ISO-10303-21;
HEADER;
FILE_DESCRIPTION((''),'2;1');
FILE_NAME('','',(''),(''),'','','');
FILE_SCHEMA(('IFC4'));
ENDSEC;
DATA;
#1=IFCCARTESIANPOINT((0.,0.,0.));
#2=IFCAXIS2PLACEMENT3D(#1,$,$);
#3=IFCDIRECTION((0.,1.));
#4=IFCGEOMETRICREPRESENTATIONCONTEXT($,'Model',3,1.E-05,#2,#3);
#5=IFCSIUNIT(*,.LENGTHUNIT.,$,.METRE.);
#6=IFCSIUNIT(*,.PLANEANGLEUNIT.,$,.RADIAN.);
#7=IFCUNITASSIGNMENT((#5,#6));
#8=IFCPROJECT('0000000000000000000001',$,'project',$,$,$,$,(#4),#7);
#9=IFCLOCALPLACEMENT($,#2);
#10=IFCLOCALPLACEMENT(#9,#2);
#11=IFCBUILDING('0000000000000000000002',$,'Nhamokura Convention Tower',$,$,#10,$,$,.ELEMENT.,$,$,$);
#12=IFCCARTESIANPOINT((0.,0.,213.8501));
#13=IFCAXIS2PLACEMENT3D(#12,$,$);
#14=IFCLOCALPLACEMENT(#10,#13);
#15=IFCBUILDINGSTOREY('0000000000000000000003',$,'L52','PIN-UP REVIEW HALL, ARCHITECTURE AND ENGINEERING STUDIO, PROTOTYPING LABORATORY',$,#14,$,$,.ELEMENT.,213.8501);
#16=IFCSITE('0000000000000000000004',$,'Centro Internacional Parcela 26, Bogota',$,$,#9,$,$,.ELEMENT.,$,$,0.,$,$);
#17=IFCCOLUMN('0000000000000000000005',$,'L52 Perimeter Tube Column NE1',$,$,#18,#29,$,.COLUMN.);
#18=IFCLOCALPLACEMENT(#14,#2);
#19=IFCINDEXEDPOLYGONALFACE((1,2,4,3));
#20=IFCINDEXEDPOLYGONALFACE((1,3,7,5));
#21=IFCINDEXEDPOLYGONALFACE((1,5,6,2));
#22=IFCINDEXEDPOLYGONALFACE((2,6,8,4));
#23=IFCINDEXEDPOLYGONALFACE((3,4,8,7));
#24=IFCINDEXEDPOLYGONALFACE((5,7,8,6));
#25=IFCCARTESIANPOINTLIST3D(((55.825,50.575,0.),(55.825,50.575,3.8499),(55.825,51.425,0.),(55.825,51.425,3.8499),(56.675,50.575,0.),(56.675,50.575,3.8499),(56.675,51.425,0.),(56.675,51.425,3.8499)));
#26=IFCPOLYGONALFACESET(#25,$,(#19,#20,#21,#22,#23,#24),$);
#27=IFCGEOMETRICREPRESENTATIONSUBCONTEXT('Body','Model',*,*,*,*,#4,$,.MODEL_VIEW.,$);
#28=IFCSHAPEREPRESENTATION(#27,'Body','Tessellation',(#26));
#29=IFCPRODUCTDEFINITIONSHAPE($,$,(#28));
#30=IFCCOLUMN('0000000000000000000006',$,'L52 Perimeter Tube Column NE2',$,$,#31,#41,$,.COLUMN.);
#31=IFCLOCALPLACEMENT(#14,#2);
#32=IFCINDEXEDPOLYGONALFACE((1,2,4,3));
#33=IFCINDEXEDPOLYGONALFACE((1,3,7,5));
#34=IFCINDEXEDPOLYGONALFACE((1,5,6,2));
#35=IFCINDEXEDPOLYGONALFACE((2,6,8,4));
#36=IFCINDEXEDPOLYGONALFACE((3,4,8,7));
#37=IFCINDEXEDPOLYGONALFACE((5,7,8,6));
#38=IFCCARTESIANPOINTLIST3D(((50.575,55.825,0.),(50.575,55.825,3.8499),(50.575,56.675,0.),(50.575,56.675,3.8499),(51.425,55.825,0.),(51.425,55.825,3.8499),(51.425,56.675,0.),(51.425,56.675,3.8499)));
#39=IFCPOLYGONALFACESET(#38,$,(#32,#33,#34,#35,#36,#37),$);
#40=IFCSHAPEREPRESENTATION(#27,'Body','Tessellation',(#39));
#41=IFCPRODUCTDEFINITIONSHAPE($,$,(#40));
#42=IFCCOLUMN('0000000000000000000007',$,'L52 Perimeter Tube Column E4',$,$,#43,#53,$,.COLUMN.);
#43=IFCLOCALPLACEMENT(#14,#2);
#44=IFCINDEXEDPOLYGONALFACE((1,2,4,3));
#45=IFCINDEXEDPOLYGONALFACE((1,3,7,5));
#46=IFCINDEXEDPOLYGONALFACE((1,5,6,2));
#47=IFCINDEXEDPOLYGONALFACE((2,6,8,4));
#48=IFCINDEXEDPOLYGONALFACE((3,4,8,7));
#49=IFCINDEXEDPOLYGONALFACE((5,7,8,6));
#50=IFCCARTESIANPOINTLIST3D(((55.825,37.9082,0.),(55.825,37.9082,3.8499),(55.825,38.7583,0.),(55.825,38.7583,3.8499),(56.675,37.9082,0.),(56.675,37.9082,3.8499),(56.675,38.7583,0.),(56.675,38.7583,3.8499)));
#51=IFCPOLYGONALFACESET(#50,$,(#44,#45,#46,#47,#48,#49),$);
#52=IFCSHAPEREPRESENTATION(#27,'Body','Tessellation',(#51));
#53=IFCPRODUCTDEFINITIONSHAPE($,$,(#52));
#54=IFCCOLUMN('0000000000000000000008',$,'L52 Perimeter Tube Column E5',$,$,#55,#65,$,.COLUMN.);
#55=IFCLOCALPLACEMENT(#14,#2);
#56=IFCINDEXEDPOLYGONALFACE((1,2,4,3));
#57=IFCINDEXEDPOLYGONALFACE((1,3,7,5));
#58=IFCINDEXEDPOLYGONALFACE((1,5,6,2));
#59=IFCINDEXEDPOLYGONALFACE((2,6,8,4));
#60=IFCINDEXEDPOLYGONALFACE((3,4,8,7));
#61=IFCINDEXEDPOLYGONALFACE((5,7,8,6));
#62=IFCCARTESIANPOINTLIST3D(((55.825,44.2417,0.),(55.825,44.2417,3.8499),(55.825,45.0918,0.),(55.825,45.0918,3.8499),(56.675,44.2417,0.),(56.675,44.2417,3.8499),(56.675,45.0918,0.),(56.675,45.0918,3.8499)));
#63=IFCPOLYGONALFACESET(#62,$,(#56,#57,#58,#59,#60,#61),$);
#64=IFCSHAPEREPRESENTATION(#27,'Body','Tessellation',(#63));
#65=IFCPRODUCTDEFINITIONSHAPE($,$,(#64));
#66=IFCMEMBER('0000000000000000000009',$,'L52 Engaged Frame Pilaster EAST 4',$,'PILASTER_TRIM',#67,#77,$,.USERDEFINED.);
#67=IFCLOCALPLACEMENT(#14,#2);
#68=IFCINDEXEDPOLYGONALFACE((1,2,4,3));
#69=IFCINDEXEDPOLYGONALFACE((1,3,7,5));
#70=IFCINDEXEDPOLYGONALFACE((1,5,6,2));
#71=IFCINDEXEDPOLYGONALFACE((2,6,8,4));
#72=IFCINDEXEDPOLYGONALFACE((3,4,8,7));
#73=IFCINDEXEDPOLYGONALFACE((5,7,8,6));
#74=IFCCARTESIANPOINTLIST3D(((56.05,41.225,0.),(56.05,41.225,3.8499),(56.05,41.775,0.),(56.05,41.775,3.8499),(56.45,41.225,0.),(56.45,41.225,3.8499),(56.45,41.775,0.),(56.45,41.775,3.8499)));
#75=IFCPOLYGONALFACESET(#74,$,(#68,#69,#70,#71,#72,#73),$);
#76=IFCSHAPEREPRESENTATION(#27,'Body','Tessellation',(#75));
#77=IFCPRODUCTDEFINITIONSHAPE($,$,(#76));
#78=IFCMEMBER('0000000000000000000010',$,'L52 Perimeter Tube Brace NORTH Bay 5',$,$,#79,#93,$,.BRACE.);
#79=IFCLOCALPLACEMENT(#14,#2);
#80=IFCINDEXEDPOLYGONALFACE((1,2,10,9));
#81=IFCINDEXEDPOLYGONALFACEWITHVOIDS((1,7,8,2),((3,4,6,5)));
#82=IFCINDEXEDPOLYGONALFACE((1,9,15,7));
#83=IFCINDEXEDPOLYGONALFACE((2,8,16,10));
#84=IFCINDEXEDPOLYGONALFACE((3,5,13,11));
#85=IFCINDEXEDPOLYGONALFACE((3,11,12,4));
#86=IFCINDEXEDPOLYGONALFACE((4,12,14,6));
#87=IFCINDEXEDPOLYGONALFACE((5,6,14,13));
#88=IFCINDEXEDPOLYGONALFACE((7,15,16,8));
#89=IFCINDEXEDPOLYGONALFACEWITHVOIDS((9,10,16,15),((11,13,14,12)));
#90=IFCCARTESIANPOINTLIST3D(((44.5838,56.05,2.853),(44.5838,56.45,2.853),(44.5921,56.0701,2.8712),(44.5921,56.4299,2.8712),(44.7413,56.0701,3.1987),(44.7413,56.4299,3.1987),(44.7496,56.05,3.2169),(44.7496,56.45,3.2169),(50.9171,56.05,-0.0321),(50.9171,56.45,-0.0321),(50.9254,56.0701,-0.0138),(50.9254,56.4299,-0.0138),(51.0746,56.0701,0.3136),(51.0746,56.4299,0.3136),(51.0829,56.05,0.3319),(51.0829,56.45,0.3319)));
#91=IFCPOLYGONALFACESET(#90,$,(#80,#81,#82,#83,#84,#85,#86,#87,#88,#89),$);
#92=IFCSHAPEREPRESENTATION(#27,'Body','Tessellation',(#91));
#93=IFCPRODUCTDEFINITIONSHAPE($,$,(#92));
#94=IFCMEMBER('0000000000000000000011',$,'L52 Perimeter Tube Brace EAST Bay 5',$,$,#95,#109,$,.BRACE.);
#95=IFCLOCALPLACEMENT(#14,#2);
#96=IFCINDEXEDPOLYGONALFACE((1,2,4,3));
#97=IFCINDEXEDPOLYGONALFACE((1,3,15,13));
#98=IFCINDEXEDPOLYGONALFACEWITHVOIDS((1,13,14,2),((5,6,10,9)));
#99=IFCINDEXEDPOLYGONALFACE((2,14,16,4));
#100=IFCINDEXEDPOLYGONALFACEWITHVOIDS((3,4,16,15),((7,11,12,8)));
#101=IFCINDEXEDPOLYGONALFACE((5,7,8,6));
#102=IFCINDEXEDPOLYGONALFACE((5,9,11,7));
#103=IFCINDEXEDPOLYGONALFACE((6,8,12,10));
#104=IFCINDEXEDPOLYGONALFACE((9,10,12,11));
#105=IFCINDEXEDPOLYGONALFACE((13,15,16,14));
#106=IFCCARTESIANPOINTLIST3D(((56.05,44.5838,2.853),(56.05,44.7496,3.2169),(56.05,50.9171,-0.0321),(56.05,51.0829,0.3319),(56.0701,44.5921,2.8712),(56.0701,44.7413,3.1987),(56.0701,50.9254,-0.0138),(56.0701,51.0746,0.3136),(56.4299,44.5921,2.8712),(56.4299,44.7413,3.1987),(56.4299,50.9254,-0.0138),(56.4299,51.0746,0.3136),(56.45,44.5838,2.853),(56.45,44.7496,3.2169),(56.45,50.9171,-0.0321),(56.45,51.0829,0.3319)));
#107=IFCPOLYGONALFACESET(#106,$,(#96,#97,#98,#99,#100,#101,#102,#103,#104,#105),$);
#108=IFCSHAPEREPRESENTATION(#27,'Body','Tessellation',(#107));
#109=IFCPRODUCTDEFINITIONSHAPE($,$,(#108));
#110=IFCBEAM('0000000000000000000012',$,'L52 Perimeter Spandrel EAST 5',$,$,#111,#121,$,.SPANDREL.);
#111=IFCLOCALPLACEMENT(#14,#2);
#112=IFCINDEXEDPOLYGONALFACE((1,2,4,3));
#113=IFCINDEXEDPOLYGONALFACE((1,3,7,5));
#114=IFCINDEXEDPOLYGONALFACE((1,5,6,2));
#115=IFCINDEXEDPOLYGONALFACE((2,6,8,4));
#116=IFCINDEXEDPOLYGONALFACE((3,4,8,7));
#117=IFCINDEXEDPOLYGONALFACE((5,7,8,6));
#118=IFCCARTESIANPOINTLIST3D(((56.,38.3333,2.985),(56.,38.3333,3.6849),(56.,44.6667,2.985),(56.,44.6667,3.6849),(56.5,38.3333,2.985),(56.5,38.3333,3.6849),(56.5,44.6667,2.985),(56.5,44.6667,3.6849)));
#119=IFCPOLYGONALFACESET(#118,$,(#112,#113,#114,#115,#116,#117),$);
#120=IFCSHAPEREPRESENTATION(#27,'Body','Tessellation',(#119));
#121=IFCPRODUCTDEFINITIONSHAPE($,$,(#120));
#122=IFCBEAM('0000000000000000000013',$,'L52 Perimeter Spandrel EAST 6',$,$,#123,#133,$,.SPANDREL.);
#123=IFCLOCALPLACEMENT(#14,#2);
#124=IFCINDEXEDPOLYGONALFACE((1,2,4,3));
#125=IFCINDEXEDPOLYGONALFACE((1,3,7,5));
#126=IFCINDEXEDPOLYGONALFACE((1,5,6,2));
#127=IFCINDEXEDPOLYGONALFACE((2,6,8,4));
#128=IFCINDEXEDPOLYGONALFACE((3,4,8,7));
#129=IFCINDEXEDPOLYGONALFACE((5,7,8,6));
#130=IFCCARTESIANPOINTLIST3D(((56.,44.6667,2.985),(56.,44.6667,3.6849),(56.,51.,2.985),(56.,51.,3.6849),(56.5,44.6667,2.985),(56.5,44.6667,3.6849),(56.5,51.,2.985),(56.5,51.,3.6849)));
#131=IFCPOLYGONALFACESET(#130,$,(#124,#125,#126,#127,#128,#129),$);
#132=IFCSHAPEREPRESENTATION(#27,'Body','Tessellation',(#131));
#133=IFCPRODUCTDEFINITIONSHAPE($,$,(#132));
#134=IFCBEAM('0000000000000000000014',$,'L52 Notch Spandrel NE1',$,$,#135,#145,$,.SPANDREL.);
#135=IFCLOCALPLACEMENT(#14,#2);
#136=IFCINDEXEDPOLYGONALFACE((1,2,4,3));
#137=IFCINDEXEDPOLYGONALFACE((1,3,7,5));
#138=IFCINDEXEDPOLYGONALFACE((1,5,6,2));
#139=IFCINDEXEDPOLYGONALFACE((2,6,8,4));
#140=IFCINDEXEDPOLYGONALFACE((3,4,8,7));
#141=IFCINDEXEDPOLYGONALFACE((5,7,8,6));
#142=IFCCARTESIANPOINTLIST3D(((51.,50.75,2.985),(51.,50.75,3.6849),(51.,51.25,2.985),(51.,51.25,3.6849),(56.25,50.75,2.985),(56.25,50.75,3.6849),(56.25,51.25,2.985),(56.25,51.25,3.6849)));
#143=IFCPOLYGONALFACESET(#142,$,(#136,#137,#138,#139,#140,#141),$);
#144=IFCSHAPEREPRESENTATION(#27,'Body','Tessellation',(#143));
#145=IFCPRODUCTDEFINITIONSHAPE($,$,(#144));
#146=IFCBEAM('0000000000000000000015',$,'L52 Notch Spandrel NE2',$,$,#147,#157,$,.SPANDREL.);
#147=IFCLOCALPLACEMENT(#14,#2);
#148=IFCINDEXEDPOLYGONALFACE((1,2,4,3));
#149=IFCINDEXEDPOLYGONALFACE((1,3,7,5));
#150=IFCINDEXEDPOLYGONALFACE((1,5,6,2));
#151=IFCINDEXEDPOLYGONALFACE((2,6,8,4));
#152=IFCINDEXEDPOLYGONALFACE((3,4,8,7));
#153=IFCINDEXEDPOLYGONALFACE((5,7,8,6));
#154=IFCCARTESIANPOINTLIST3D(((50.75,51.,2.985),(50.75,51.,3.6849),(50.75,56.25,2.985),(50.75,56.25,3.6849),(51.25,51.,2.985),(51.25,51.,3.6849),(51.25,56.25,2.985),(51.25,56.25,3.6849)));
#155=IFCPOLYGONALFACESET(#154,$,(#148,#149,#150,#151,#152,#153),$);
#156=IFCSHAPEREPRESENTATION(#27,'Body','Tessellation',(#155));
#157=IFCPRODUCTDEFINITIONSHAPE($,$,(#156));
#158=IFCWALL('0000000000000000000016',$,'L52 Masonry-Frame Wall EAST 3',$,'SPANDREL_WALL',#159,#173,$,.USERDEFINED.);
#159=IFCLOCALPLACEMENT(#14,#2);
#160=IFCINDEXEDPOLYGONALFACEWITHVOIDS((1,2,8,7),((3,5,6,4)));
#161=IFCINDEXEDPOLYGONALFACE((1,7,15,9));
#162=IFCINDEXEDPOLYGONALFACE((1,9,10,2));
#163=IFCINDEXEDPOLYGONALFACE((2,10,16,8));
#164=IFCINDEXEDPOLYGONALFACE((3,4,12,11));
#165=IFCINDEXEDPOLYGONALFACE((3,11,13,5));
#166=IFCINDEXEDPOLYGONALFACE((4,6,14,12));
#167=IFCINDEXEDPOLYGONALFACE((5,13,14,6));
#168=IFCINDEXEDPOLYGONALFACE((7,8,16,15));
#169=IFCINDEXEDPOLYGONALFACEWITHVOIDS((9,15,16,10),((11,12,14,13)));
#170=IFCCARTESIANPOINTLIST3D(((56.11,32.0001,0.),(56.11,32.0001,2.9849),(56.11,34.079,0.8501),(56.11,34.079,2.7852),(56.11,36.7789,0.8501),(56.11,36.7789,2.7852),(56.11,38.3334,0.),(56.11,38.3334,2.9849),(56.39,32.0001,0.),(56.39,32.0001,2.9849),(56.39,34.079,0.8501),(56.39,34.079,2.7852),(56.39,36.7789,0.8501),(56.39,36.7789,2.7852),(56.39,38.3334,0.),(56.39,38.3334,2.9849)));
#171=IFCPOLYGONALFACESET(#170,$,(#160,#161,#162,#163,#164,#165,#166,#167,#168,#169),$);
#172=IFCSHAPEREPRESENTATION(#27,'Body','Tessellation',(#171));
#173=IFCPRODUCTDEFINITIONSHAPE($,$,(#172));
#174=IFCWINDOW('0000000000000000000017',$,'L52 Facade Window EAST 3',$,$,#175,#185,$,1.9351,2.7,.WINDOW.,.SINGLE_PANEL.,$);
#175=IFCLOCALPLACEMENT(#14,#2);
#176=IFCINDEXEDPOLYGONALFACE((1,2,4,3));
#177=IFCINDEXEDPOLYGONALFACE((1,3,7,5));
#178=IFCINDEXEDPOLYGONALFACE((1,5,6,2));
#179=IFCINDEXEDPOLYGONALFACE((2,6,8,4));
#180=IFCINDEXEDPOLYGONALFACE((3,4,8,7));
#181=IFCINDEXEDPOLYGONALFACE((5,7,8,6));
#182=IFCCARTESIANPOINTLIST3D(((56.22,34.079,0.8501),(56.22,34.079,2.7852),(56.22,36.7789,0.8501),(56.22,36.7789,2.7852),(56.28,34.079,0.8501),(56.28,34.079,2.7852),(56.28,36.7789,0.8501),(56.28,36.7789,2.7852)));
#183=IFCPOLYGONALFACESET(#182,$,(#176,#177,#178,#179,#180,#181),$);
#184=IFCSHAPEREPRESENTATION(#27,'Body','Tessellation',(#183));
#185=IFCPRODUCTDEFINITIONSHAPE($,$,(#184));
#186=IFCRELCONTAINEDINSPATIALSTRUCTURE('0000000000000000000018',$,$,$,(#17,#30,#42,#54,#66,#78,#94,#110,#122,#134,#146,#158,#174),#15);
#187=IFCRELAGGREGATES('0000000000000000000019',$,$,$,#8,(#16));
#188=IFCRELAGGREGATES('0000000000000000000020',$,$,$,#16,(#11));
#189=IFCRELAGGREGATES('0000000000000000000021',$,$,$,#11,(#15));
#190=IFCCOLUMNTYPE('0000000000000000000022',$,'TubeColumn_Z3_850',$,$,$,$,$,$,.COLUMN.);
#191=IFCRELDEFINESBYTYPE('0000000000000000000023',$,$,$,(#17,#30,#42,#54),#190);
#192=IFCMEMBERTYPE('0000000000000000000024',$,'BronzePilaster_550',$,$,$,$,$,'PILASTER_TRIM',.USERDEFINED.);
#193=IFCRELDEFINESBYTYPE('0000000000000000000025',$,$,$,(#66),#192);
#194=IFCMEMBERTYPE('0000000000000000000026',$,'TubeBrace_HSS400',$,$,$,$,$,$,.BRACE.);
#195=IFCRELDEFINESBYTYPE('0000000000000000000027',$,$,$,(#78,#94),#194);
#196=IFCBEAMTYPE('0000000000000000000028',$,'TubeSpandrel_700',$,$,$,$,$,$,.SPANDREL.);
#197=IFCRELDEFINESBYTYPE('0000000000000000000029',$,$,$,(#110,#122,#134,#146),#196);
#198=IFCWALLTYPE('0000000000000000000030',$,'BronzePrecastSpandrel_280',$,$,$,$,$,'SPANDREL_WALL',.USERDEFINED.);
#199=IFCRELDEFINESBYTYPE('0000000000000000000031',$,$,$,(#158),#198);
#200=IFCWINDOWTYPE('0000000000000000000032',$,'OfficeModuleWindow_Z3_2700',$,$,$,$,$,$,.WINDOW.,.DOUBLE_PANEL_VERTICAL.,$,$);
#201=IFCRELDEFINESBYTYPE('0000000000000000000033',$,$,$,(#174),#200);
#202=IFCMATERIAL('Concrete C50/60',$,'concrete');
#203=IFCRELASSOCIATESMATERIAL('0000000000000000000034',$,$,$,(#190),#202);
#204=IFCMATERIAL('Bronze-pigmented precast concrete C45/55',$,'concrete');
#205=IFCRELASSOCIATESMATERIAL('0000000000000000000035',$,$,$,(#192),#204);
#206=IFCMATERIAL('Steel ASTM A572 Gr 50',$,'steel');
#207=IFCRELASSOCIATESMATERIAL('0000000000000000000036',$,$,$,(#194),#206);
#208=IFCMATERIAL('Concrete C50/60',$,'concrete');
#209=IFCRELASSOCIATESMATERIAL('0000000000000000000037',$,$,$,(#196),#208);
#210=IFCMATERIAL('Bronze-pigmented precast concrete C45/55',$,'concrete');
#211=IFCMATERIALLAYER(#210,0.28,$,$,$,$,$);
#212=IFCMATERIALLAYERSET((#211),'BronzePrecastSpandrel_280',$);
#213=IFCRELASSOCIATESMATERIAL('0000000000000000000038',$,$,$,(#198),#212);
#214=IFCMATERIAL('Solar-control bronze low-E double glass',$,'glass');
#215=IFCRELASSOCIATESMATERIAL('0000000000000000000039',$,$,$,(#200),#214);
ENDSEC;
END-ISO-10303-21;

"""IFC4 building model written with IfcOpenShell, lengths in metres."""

from ifc_helpers import new_model, si_unit, direction, frame, frame_2d, origin, origin_2d, place, context, subcontext, project, spatial, rectangle, hollow_rectangle, extrude, material, layer, layer_set, material_profile, profile_set, type_object, element, fill, save


model = new_model("IFC4")

# Units and contexts
model_context = context("Model", 3, precision=1e-05, world=origin(), true_north=direction((0.0, 1.0)))
body_context = subcontext(model_context, "Body", "Model", "MODEL_VIEW")
ifc_project = project(units=[si_unit("LENGTHUNIT", "METRE"), si_unit("PLANEANGLEUNIT", "RADIAN")], contexts=[model_context])

# Site, building, storey
site_placement = place(None, origin())
site = spatial("IfcSite", under=ifc_project, at=site_placement, Name="Centro Internacional Parcela 26, Bogota", CompositionType="ELEMENT", RefElevation=0.0)
building_placement = place(site_placement, origin())
building = spatial("IfcBuilding", under=site, at=building_placement, Name="Nhamokura Convention Tower", CompositionType="ELEMENT")
storey_placement = place(building_placement, frame((0.0, 0.0, 213.8501)))
storey = spatial("IfcBuildingStorey", under=building, at=storey_placement, Name="L52", Description="PIN-UP REVIEW HALL, ARCHITECTURE AND ENGINEERING STUDIO, PROTOTYPING LABORATORY", CompositionType="ELEMENT", Elevation=213.8501)

# Columns
ifc_material_1 = material(Name="Concrete C50/60", Category="concrete")
ifc_material_profile_1 = material_profile(ifc_material_1, rectangle(XDim=0.8501, YDim=0.8501, at=origin_2d()))
ifc_profile_set_1 = profile_set([ifc_material_profile_1], Name="Concrete C50/60")
column_type = type_object("IfcColumnType", Name="TubeColumn_Z3_850", PredefinedType="COLUMN", material=ifc_profile_set_1)
for number, where, z_axis, x_axis, name in (
    (1, (56.25, 51.0, 0.0), (0.0, 0.0, 1.0), (1.0, 0.0, 0.0), "L52 Perimeter Tube Column NE1"),
    (2, (51.0, 56.25, 0.0), (0.0, 0.0, 1.0), (1.0, 0.0, 0.0), "L52 Perimeter Tube Column NE2"),
    (3, (56.25, 38.3333, 0.0), (0.0, 0.0, 1.0), (1.0, 0.0, 0.0), "L52 Perimeter Tube Column E4"),
    (4, (56.25, 44.6667, 0.0), (0.0, 0.0, 1.0), (1.0, 0.0, 0.0), "L52 Perimeter Tube Column E5"),
):
    element("IfcColumn", number, at=place(storey_placement, frame(where, z_axis=z_axis, x_axis=x_axis)), inside=storey, type_object=column_type, Name=name, PredefinedType="COLUMN", context=body_context, shape_type="SweptSolid", body=[
        extrude(rectangle(XDim=0.8501, YDim=0.8501, at=origin_2d()), origin(), (0.0, 0.0, 1.0), 3.8499),
    ])

# Members
ifc_material_2 = material(Name="Bronze-pigmented precast concrete C45/55", Category="concrete")
ifc_material_profile_2 = material_profile(ifc_material_2, rectangle(XDim=0.3999, YDim=0.55, at=origin_2d()))
ifc_profile_set_2 = profile_set([ifc_material_profile_2], Name="Bronze-pigmented precast concrete C45/55")
member_type_1 = type_object("IfcMemberType", Name="BronzePilaster_550", ElementType="PILASTER_TRIM", PredefinedType="USERDEFINED", material=ifc_profile_set_2)
member_placement = place(storey_placement, frame((56.25, 41.5, 0.0), z_axis=(0.0, 0.0, 1.0), x_axis=(1.0, 0.0, 0.0)))
element("IfcMember", 5, at=member_placement, inside=storey, type_object=member_type_1, Name="L52 Engaged Frame Pilaster EAST 4", ObjectType="PILASTER_TRIM", PredefinedType="USERDEFINED", context=body_context, shape_type="SweptSolid", body=[
    extrude(rectangle(XDim=0.3999, YDim=0.55, at=origin_2d()), origin(), (0.0, 0.0, 1.0), 3.8499),
])
ifc_material_3 = material(Name="Steel ASTM A572 Gr 50", Category="steel")
ifc_material_profile_3 = material_profile(ifc_material_3, hollow_rectangle(XDim=0.3999, YDim=0.3999, WallThickness=0.02, at=origin_2d()))
ifc_profile_set_3 = profile_set([ifc_material_profile_3], Name="Steel ASTM A572 Gr 50")
member_type_2 = type_object("IfcMemberType", Name="TubeBrace_HSS400", PredefinedType="BRACE", material=ifc_profile_set_3)
for number, where, z_axis, x_axis, name in (
    (6, (51.0, 56.25, 0.1499), (-0.910027, 0.0, 0.414548), (0.0, -1.0, 0.0), "L52 Perimeter Tube Brace NORTH Bay 5"),
    (7, (56.25, 51.0, 0.1499), (0.0, -0.910027, 0.414548), (1.0, 0.0, 0.0), "L52 Perimeter Tube Brace EAST Bay 5"),
):
    element("IfcMember", number, at=place(storey_placement, frame(where, z_axis=z_axis, x_axis=x_axis)), inside=storey, type_object=member_type_2, Name=name, PredefinedType="BRACE", context=body_context, shape_type="SweptSolid", body=[
        extrude(hollow_rectangle(XDim=0.3999, YDim=0.3999, WallThickness=0.02, at=origin_2d()), origin(), (0.0, 0.0, 1.0), 6.9595),
    ])

# Beams
ifc_material_4 = material(Name="Concrete C50/60", Category="concrete")
ifc_material_profile_4 = material_profile(ifc_material_4, rectangle(XDim=0.5, YDim=0.7, at=origin_2d()))
ifc_profile_set_4 = profile_set([ifc_material_profile_4], Name="Concrete C50/60")
beam_type = type_object("IfcBeamType", Name="TubeSpandrel_700", PredefinedType="SPANDREL", material=ifc_profile_set_4)
beam_1_placement = place(storey_placement, frame((56.25, 38.3333, 3.335), z_axis=(0.0, 1.0, 0.0), x_axis=(-1.0, 0.0, 0.0)))
element("IfcBeam", 8, at=beam_1_placement, inside=storey, type_object=beam_type, Name="L52 Perimeter Spandrel EAST 5", PredefinedType="SPANDREL", context=body_context, shape_type="SweptSolid", body=[
    extrude(rectangle(XDim=0.5, YDim=0.7, at=origin_2d()), origin(), (0.0, 0.0, 1.0), 6.3335),
])
beam_2_placement = place(storey_placement, frame((56.25, 44.6667, 3.335), z_axis=(0.0, 1.0, 0.0), x_axis=(-1.0, 0.0, 0.0)))
element("IfcBeam", 9, at=beam_2_placement, inside=storey, type_object=beam_type, Name="L52 Perimeter Spandrel EAST 6", PredefinedType="SPANDREL", context=body_context, shape_type="SweptSolid", body=[
    extrude(rectangle(XDim=0.5, YDim=0.7, at=origin_2d()), origin(), (0.0, 0.0, 1.0), 6.3333),
])
for number, where, z_axis, x_axis, name in (
    (10, (56.25, 51.0, 3.335), (-1.0, 0.0, 0.0), (0.0, -1.0, 0.0), "L52 Notch Spandrel NE1"),
    (11, (51.0, 51.0, 3.335), (0.0, 1.0, 0.0), (-1.0, 0.0, 0.0), "L52 Notch Spandrel NE2"),
):
    element("IfcBeam", number, at=place(storey_placement, frame(where, z_axis=z_axis, x_axis=x_axis)), inside=storey, type_object=beam_type, Name=name, PredefinedType="SPANDREL", context=body_context, shape_type="SweptSolid", body=[
        extrude(rectangle(XDim=0.5, YDim=0.7, at=origin_2d()), origin(), (0.0, 0.0, 1.0), 5.25),
    ])

# Wall, opening, window
ifc_material_5 = material(Name="Bronze-pigmented precast concrete C45/55", Category="concrete")
ifc_layer = layer(ifc_material_5, 0.28)
ifc_layer_set = layer_set([ifc_layer], Name="BronzePrecastSpandrel_280")
wall_type = type_object("IfcWallType", Name="BronzePrecastSpandrel_280", ElementType="SPANDREL_WALL", PredefinedType="USERDEFINED", material=ifc_layer_set)
wall_1_placement = place(storey_placement, frame((56.25, 38.3333, 0.0), z_axis=(0.0, 0.0, 1.0), x_axis=(0.0, -1.0, 0.0)))
wall_1 = element("IfcWall", 12, at=wall_1_placement, inside=storey, type_object=wall_type, Name="L52 Masonry-Frame Wall EAST 3", ObjectType="SPANDREL_WALL", PredefinedType="USERDEFINED", context=body_context, shape_type="SweptSolid", body=[
    extrude(rectangle(XDim=6.3333, YDim=0.28, at=frame_2d((3.1665, 0.0))), origin(), (0.0, 0.0, 1.0), 2.9849),
])
opening_1_placement = place(wall_1_placement, frame((1.5542, 0.0, 0.8501)))
opening_1 = element("IfcOpeningElement", 13, at=opening_1_placement, cuts=wall_1, PredefinedType="OPENING", context=body_context, shape_type="SweptSolid", body=[
    extrude(rectangle(XDim=2.7, YDim=1.9351, at=frame_2d((1.3501, 0.9675))), frame((0.0, 0.1499, 0.0), z_axis=(0.0, -1.0, 0.0), x_axis=(1.0, 0.0, 0.0)), (0.0, 0.0, 1.0), 0.3),
])
ifc_material_6 = material(Name="Solar-control bronze low-E double glass", Category="glass")
window_type_1 = type_object("IfcWindowType", Name="OfficeModuleWindow_Z3_2700", PartitioningType="DOUBLE_PANEL_VERTICAL", PredefinedType="WINDOW", material=ifc_material_6)
window_1_placement = place(opening_1_placement, origin())
window_1 = element("IfcWindow", 14, at=window_1_placement, inside=storey, type_object=window_type_1, Name="L52 Facade Window EAST 3", OverallHeight=1.9351, OverallWidth=2.7, PartitioningType="SINGLE_PANEL", PredefinedType="WINDOW", context=body_context, shape_type="SweptSolid", body=[
    extrude(rectangle(XDim=2.7, YDim=1.9351, at=frame_2d((1.3501, 0.9675))), frame((0.0, 0.03, 0.0), z_axis=(0.0, -1.0, 0.0), x_axis=(1.0, 0.0, 0.0)), (0.0, 0.0, 1.0), 0.0601),
])
fill(opening_1, window_1)

save(model, "model.ifc")
